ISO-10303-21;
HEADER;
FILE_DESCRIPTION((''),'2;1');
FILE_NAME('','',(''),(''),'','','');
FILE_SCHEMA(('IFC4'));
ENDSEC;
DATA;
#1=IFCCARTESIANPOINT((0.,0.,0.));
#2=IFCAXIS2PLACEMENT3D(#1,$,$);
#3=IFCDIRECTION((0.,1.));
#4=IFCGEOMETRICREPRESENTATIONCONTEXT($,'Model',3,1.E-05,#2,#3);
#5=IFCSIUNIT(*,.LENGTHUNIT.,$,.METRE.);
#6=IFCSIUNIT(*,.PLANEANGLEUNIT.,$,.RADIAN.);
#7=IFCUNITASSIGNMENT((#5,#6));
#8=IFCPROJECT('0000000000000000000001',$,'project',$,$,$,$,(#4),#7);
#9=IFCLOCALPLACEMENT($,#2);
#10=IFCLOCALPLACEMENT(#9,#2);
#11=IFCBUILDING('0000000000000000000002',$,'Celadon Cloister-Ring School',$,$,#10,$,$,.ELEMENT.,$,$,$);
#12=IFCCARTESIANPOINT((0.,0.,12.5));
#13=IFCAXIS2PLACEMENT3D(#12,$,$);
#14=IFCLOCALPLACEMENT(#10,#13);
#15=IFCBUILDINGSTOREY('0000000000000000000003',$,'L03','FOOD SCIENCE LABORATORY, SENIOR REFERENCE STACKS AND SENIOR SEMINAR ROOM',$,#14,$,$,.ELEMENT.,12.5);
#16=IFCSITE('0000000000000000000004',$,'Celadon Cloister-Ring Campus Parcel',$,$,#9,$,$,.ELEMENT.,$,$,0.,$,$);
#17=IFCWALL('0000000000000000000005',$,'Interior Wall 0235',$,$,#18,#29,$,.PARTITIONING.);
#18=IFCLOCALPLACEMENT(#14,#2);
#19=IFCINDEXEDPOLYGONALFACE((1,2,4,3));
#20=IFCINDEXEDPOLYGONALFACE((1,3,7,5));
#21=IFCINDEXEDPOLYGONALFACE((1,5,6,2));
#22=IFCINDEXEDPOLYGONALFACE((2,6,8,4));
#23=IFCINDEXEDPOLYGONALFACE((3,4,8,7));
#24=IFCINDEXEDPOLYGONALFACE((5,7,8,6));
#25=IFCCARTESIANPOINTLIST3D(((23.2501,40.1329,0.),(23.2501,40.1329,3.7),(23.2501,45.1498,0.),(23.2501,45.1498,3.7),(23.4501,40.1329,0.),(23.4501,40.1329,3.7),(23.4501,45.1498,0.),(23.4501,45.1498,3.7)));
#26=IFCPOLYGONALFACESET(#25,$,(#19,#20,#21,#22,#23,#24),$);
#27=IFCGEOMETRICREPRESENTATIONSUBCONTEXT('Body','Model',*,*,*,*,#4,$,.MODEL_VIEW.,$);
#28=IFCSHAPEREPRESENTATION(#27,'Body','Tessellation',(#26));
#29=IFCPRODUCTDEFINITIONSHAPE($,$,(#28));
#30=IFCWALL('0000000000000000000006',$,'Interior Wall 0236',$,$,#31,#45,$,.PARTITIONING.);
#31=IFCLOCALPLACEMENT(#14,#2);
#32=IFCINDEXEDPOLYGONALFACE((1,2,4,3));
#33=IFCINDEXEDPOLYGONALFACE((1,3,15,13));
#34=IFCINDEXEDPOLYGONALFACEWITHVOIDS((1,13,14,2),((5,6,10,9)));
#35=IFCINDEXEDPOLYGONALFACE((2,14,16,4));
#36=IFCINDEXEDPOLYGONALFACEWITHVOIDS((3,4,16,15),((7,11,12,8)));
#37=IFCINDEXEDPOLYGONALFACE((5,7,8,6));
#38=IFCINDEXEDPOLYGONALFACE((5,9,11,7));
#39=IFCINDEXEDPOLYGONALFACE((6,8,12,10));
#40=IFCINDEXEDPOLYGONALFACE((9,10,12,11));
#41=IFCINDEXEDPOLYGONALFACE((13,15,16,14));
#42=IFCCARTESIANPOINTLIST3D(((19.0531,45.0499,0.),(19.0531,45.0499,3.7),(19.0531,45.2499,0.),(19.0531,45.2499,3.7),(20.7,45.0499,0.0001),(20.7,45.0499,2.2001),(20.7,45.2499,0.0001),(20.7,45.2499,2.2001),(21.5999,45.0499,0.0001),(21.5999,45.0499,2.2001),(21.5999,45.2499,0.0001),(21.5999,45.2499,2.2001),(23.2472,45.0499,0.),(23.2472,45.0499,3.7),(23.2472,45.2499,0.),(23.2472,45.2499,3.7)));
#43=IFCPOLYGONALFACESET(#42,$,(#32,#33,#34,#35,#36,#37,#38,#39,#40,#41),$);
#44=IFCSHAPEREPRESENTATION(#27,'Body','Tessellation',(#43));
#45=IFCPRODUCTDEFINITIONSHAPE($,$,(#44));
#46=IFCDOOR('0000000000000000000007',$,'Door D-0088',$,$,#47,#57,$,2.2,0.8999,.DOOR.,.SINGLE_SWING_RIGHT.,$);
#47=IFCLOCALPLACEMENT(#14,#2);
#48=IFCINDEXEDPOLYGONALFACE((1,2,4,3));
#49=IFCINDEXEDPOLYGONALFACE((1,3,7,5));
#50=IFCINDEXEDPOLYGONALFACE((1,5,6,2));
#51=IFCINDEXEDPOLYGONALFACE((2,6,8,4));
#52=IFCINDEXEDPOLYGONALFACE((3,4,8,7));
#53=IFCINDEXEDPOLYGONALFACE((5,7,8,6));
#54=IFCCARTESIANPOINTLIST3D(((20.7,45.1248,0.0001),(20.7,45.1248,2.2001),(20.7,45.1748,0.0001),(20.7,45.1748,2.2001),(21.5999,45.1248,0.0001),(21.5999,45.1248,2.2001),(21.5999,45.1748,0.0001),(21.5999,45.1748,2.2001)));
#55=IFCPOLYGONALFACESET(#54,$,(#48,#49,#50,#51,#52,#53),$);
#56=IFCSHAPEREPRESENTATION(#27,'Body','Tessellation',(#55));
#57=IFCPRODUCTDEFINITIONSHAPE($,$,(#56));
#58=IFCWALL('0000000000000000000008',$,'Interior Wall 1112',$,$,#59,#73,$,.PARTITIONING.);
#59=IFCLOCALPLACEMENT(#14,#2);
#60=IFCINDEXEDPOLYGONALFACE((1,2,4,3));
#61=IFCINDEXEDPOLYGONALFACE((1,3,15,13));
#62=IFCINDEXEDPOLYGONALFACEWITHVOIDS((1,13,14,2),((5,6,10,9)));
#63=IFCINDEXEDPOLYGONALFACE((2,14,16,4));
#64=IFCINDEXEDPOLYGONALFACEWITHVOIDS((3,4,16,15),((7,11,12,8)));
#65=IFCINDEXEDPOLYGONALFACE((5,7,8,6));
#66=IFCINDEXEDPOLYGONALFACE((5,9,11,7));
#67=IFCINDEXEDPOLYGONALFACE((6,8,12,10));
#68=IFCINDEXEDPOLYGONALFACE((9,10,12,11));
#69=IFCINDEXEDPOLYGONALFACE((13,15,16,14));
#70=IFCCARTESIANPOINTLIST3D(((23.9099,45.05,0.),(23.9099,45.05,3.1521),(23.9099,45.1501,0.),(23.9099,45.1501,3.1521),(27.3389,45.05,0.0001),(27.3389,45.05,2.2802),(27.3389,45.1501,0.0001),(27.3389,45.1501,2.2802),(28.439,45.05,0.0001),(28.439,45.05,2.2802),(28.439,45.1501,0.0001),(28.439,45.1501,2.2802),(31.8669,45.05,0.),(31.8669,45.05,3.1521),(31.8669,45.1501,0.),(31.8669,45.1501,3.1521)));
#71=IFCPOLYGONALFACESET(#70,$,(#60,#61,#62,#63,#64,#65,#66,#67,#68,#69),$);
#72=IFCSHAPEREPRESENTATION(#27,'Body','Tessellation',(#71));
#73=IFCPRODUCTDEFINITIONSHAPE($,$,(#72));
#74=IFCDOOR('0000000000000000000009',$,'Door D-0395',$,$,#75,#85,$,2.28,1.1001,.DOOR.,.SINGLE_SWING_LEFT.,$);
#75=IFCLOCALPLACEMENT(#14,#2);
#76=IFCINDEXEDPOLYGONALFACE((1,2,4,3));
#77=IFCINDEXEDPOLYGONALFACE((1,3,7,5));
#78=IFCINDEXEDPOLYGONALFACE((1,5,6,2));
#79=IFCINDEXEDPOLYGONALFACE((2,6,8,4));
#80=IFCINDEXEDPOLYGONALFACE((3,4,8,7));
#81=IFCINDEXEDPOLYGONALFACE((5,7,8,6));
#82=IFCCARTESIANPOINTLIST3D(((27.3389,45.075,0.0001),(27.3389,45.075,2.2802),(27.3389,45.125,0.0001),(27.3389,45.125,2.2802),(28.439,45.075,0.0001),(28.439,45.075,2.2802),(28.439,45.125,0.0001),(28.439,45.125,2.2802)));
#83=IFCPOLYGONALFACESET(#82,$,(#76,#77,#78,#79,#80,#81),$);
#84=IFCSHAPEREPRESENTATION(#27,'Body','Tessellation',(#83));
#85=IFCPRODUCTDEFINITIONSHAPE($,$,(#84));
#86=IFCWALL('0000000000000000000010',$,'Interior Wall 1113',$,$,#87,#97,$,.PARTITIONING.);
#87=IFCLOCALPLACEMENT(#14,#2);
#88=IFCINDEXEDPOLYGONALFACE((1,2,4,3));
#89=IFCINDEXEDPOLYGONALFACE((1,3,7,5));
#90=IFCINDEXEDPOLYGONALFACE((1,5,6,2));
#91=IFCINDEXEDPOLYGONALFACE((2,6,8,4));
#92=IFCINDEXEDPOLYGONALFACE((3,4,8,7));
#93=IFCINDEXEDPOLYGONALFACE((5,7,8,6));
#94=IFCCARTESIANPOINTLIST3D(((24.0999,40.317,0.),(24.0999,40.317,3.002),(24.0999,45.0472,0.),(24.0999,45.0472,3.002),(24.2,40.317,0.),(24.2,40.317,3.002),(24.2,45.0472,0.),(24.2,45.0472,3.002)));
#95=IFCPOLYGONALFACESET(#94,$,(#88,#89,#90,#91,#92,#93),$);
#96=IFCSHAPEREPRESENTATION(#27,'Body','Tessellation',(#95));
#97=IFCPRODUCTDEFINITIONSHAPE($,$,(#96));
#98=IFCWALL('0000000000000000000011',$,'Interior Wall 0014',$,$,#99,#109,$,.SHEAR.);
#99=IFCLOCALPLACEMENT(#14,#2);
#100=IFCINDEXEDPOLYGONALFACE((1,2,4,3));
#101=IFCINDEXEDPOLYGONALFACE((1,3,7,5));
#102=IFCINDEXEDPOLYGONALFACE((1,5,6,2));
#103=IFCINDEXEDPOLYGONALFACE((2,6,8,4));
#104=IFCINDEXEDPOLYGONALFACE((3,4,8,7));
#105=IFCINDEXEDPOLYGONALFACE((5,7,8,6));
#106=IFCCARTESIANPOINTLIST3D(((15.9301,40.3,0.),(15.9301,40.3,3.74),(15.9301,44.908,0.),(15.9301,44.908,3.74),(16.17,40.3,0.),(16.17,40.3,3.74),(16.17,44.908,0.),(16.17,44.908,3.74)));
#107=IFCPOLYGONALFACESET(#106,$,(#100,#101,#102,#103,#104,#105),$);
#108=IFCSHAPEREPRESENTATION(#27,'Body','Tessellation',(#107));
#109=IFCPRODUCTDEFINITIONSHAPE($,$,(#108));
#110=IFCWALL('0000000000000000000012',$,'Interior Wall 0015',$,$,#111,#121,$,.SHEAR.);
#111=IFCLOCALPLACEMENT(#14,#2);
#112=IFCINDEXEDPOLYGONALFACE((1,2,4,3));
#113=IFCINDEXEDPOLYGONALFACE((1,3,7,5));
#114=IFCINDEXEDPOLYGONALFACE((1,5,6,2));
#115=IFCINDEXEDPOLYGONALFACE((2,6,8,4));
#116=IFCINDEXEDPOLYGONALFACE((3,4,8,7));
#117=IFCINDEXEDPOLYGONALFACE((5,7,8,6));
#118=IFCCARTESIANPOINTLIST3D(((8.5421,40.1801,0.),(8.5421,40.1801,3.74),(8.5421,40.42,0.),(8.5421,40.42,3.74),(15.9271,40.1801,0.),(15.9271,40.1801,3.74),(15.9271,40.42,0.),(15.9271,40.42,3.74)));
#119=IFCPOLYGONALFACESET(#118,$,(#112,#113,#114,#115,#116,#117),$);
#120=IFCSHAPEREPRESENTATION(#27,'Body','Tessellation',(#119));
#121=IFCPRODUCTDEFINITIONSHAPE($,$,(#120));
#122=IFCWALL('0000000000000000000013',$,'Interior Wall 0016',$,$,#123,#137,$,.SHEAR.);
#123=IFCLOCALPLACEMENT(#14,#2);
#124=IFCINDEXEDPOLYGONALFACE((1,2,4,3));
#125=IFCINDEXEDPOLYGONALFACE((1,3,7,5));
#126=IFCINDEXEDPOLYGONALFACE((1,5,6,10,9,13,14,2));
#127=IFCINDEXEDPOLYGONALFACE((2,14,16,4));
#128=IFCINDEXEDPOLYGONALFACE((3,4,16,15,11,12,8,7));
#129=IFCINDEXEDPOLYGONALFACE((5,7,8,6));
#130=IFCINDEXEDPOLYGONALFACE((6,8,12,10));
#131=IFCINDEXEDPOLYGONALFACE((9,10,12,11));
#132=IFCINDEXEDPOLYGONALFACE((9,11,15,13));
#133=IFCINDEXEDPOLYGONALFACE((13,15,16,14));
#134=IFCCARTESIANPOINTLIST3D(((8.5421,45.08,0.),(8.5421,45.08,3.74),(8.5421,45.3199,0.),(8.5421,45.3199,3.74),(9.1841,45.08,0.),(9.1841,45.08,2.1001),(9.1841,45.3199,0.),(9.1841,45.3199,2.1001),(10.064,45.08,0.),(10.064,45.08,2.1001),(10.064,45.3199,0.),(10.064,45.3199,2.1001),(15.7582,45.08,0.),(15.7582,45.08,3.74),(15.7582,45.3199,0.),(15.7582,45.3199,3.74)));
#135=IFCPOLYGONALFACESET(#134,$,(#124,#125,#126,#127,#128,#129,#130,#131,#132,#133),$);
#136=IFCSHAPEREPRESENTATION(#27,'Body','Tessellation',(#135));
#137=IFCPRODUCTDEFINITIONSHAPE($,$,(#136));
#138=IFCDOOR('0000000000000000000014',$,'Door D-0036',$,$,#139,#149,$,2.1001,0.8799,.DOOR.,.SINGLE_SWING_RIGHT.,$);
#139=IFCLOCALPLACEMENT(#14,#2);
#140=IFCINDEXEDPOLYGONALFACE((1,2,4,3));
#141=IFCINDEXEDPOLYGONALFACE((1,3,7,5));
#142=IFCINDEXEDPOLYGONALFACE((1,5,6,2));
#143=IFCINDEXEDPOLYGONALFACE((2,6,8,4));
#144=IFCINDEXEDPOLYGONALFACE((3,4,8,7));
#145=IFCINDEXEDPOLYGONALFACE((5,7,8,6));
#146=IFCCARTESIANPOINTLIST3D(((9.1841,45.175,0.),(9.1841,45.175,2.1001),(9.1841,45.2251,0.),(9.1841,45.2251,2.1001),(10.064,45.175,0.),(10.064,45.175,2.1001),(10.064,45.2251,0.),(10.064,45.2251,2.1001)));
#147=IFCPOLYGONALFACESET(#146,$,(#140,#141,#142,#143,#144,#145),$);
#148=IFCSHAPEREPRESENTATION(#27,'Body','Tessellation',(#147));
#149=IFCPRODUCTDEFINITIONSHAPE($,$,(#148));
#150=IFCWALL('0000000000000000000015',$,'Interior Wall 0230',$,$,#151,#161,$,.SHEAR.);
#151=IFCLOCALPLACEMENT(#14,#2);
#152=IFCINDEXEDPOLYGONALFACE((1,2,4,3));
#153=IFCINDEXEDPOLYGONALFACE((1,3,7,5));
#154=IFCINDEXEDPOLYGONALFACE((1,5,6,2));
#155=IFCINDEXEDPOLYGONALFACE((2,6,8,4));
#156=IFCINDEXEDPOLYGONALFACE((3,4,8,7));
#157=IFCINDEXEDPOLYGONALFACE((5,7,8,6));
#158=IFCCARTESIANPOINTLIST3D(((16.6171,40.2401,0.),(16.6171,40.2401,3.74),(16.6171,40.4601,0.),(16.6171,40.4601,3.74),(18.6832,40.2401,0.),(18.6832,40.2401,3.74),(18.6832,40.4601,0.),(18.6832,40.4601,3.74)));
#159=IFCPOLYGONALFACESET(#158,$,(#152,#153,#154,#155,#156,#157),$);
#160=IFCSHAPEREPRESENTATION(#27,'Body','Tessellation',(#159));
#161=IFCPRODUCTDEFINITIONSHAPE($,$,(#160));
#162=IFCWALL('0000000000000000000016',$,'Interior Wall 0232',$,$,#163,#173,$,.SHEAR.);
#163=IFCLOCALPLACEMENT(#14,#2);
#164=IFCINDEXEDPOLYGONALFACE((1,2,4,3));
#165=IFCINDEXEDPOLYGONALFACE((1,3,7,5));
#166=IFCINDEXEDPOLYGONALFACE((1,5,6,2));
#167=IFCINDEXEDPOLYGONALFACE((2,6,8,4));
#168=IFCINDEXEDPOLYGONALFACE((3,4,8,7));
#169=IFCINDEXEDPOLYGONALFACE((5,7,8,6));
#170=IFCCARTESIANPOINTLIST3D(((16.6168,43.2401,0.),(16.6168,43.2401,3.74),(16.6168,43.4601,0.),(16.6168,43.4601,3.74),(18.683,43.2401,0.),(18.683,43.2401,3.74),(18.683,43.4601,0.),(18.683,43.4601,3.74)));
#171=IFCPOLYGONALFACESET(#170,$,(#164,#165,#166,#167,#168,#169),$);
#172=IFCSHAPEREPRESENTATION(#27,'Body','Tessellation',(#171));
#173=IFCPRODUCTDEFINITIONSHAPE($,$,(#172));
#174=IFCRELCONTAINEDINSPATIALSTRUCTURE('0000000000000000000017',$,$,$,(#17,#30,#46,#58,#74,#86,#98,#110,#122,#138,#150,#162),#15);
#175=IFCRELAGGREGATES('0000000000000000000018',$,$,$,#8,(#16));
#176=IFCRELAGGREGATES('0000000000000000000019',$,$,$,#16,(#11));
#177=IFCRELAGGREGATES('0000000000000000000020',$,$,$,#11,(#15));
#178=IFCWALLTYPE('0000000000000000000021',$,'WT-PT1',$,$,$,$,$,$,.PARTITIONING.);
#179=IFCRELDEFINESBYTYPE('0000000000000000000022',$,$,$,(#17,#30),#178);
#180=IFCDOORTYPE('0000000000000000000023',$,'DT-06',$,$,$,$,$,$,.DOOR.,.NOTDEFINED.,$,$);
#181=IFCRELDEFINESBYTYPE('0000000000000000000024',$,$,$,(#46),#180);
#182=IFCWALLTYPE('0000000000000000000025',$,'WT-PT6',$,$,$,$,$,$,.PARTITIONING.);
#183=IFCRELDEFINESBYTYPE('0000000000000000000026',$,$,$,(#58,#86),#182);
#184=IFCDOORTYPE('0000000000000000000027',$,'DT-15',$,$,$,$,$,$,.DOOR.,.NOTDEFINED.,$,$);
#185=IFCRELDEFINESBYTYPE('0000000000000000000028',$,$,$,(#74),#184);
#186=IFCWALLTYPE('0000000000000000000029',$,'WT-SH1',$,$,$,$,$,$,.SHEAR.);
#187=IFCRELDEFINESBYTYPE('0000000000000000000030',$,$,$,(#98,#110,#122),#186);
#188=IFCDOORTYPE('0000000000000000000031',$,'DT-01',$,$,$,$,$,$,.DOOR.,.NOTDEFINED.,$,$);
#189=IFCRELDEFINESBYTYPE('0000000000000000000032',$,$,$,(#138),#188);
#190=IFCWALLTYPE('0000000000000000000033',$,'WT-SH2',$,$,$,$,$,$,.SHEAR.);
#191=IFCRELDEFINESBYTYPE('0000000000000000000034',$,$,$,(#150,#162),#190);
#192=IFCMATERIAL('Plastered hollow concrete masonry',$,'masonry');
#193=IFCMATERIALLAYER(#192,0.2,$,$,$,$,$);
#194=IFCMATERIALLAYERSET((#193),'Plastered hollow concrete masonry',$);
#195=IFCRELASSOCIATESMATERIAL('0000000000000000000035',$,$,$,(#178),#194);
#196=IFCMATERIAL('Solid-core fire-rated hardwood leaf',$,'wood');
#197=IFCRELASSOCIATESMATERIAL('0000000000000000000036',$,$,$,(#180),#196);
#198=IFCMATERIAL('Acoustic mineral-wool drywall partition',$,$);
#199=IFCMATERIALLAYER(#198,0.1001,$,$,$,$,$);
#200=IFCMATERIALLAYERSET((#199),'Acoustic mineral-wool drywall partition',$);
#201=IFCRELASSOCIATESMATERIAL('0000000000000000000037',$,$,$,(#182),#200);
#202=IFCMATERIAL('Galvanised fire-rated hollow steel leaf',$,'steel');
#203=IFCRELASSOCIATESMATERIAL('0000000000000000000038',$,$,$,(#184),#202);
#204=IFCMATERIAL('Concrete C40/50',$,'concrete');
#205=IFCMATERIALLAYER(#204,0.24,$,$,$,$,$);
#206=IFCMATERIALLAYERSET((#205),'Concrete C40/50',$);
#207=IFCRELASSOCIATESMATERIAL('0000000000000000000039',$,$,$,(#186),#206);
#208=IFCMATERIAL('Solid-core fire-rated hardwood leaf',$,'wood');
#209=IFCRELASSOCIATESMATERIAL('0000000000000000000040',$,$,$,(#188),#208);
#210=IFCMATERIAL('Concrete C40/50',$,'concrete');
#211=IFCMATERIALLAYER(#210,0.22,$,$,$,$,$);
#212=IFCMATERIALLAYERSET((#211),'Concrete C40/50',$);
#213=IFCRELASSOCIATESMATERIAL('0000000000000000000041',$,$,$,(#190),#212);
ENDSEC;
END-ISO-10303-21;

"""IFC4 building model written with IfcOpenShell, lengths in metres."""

from ifc_helpers import new_model, si_unit, direction, frame, frame_2d, origin, place, context, subcontext, project, spatial, rectangle, extrude, material, layer, layer_set, type_object, element, fill, save


model = new_model("IFC4")

# Units and contexts
model_context = context("Model", 3, precision=1e-05, world=origin(), true_north=direction((0.0, 1.0)))
body_context = subcontext(model_context, "Body", "Model", "MODEL_VIEW")
ifc_project = project(units=[si_unit("LENGTHUNIT", "METRE"), si_unit("PLANEANGLEUNIT", "RADIAN")], contexts=[model_context])

# Site, building, storey
site_placement = place(None, origin())
site = spatial("IfcSite", under=ifc_project, at=site_placement, Name="Celadon Cloister-Ring Campus Parcel", CompositionType="ELEMENT", RefElevation=0.0)
building_placement = place(site_placement, origin())
building = spatial("IfcBuilding", under=site, at=building_placement, Name="Celadon Cloister-Ring School", CompositionType="ELEMENT")
storey_placement = place(building_placement, frame((0.0, 0.0, 12.5)))
storey = spatial("IfcBuildingStorey", under=building, at=storey_placement, Name="L03", Description="FOOD SCIENCE LABORATORY, SENIOR REFERENCE STACKS AND SENIOR SEMINAR ROOM", CompositionType="ELEMENT", Elevation=12.5)

# Wall
ifc_material_1 = material(Name="Plastered hollow concrete masonry", Category="masonry")
ifc_layer_1 = layer(ifc_material_1, 0.2)
ifc_layer_set_1 = layer_set([ifc_layer_1], Name="Plastered hollow concrete masonry")
wall_type_1 = type_object("IfcWallType", Name="WT-PT1", PredefinedType="PARTITIONING", material=ifc_layer_set_1)
wall_1_placement = place(storey_placement, frame((23.3501, 40.1331, 0.0), z_axis=(0.0, 0.0, 1.0), x_axis=(0.0, 1.0, 0.0)))
element("IfcWall", 1, at=wall_1_placement, inside=storey, type_object=wall_type_1, Name="Interior Wall 0235", PredefinedType="PARTITIONING", context=body_context, shape_type="SweptSolid", body=[
    extrude(rectangle(XDim=5.0168, YDim=0.2, at=frame_2d((2.5083, 0.0))), origin(), (0.0, 0.0, 1.0), 3.7),
])

# Walls, openings, doors
wall_2_placement = place(storey_placement, frame((19.053, 45.1499, 0.0), z_axis=(0.0, 0.0, 1.0), x_axis=(1.0, 0.0, 0.0)))
wall_2 = element("IfcWall", 2, at=wall_2_placement, inside=storey, type_object=wall_type_1, Name="Interior Wall 0236", PredefinedType="PARTITIONING", context=body_context, shape_type="SweptSolid", body=[
    extrude(rectangle(XDim=4.1941, YDim=0.2, at=frame_2d((2.0972, 0.0))), origin(), (0.0, 0.0, 1.0), 3.7),
])
opening_1_placement = place(wall_2_placement, frame((1.647, 0.0, 0.0)))
opening_1 = element("IfcOpeningElement", 3, at=opening_1_placement, cuts=wall_2, PredefinedType="OPENING", context=body_context, shape_type="SweptSolid", body=[
    extrude(rectangle(XDim=0.8999, YDim=2.2, at=frame_2d((0.45, 1.1001))), frame((0.0, 0.1099, 0.0), z_axis=(0.0, -1.0, 0.0), x_axis=(1.0, 0.0, 0.0)), (0.0, 0.0, 1.0), 0.22),
])
ifc_material_2 = material(Name="Solid-core fire-rated hardwood leaf", Category="wood")
door_type_1 = type_object("IfcDoorType", Name="DT-06", OperationType="NOTDEFINED", PredefinedType="DOOR", material=ifc_material_2)
door_1_placement = place(opening_1_placement, origin())
door_1 = element("IfcDoor", 4, at=door_1_placement, inside=storey, type_object=door_type_1, Name="Door D-0088", OperationType="SINGLE_SWING_RIGHT", OverallHeight=2.2, OverallWidth=0.8999, PredefinedType="DOOR", context=body_context, shape_type="SweptSolid", body=[
    extrude(rectangle(XDim=0.8999, YDim=2.2, at=frame_2d((0.45, 1.1001))), frame((0.0, 0.0249, 0.0), z_axis=(0.0, -1.0, 0.0), x_axis=(1.0, 0.0, 0.0)), (0.0, 0.0, 1.0), 0.05),
])
fill(opening_1, door_1)
ifc_material_3 = material(Name="Acoustic mineral-wool drywall partition")
ifc_layer_2 = layer(ifc_material_3, 0.1001)
ifc_layer_set_2 = layer_set([ifc_layer_2], Name="Acoustic mineral-wool drywall partition")
wall_type_2 = type_object("IfcWallType", Name="WT-PT6", PredefinedType="PARTITIONING", material=ifc_layer_set_2)
wall_3_placement = place(storey_placement, frame((23.9099, 45.1001, 0.0), z_axis=(0.0, 0.0, 1.0), x_axis=(1.0, 0.0, 0.0)))
wall_3 = element("IfcWall", 5, at=wall_3_placement, inside=storey, type_object=wall_type_2, Name="Interior Wall 1112", PredefinedType="PARTITIONING", context=body_context, shape_type="SweptSolid", body=[
    extrude(rectangle(XDim=7.957, YDim=0.1001, at=frame_2d((3.9785, 0.0))), origin(), (0.0, 0.0, 1.0), 3.1521),
])
opening_2_placement = place(wall_3_placement, frame((3.429, 0.0, 0.0)))
opening_2 = element("IfcOpeningElement", 6, at=opening_2_placement, cuts=wall_3, PredefinedType="OPENING", context=body_context, shape_type="SweptSolid", body=[
    extrude(rectangle(XDim=1.1001, YDim=2.28, at=frame_2d((0.55, 1.1401))), frame((0.0, 0.0601, 0.0), z_axis=(0.0, -1.0, 0.0), x_axis=(1.0, 0.0, 0.0)), (0.0, 0.0, 1.0), 0.1201),
])
ifc_material_4 = material(Name="Galvanised fire-rated hollow steel leaf", Category="steel")
door_type_2 = type_object("IfcDoorType", Name="DT-15", OperationType="NOTDEFINED", PredefinedType="DOOR", material=ifc_material_4)
door_2_placement = place(opening_2_placement, origin())
door_2 = element("IfcDoor", 7, at=door_2_placement, inside=storey, type_object=door_type_2, Name="Door D-0395", OperationType="SINGLE_SWING_LEFT", OverallHeight=2.28, OverallWidth=1.1001, PredefinedType="DOOR", context=body_context, shape_type="SweptSolid", body=[
    extrude(rectangle(XDim=1.1001, YDim=2.28, at=frame_2d((0.55, 1.1401))), frame((0.0, 0.0249, 0.0), z_axis=(0.0, -1.0, 0.0), x_axis=(1.0, 0.0, 0.0)), (0.0, 0.0, 1.0), 0.05),
])
fill(opening_2, door_2)

# Walls
wall_4_placement = place(storey_placement, frame((24.1499, 40.3169, 0.0), z_axis=(0.0, 0.0, 1.0), x_axis=(0.0, 1.0, 0.0)))
element("IfcWall", 8, at=wall_4_placement, inside=storey, type_object=wall_type_2, Name="Interior Wall 1113", PredefinedType="PARTITIONING", context=body_context, shape_type="SweptSolid", body=[
    extrude(rectangle(XDim=4.7302, YDim=0.1001, at=frame_2d((2.3652, 0.0))), origin(), (0.0, 0.0, 1.0), 3.002),
])
ifc_material_5 = material(Name="Concrete C40/50", Category="concrete")
ifc_layer_3 = layer(ifc_material_5, 0.24)
ifc_layer_set_3 = layer_set([ifc_layer_3], Name="Concrete C40/50")
wall_type_3 = type_object("IfcWallType", Name="WT-SH1", PredefinedType="SHEAR", material=ifc_layer_set_3)
wall_5_placement = place(storey_placement, frame((16.05, 44.908, 0.0), z_axis=(0.0, 0.0, 1.0), x_axis=(0.0, -1.0, 0.0)))
element("IfcWall", 9, at=wall_5_placement, inside=storey, type_object=wall_type_3, Name="Interior Wall 0014", PredefinedType="SHEAR", context=body_context, shape_type="SweptSolid", body=[
    extrude(rectangle(XDim=4.6079, YDim=0.24, at=frame_2d((2.304, 0.0))), origin(), (0.0, 0.0, 1.0), 3.74),
])
wall_6_placement = place(storey_placement, frame((15.927, 40.3, 0.0), z_axis=(0.0, 0.0, 1.0), x_axis=(-1.0, 0.0, 0.0)))
element("IfcWall", 10, at=wall_6_placement, inside=storey, type_object=wall_type_3, Name="Interior Wall 0015", PredefinedType="SHEAR", context=body_context, shape_type="SweptSolid", body=[
    extrude(rectangle(XDim=7.385, YDim=0.24, at=frame_2d((3.6924, 0.0))), origin(), (0.0, 0.0, 1.0), 3.74),
])

# Wall, opening, door
wall_7_placement = place(storey_placement, frame((15.7581, 45.2, 0.0), z_axis=(0.0, 0.0, 1.0), x_axis=(-1.0, 0.0, 0.0)))
wall_7 = element("IfcWall", 11, at=wall_7_placement, inside=storey, type_object=wall_type_3, Name="Interior Wall 0016", PredefinedType="SHEAR", context=body_context, shape_type="SweptSolid", body=[
    extrude(rectangle(XDim=7.2161, YDim=0.24, at=frame_2d((3.6079, 0.0))), origin(), (0.0, 0.0, 1.0), 3.74),
])
opening_3_placement = place(wall_7_placement, frame((5.6941, 0.0, 0.0)))
opening_3 = element("IfcOpeningElement", 12, at=opening_3_placement, cuts=wall_7, PredefinedType="OPENING", context=body_context, shape_type="SweptSolid", body=[
    extrude(rectangle(XDim=0.8799, YDim=2.1001, at=frame_2d((0.4399, 1.05))), frame((0.0, 0.1299, 0.0), z_axis=(0.0, -1.0, 0.0), x_axis=(1.0, 0.0, 0.0)), (0.0, 0.0, 1.0), 0.26),
])
ifc_material_6 = material(Name="Solid-core fire-rated hardwood leaf", Category="wood")
door_type_3 = type_object("IfcDoorType", Name="DT-01", OperationType="NOTDEFINED", PredefinedType="DOOR", material=ifc_material_6)
door_3_placement = place(opening_3_placement, origin())
door_3 = element("IfcDoor", 13, at=door_3_placement, inside=storey, type_object=door_type_3, Name="Door D-0036", OperationType="SINGLE_SWING_RIGHT", OverallHeight=2.1001, OverallWidth=0.8799, PredefinedType="DOOR", context=body_context, shape_type="SweptSolid", body=[
    extrude(rectangle(XDim=0.8799, YDim=2.1001, at=frame_2d((0.4399, 1.05))), frame((0.0, 0.0249, 0.0), z_axis=(0.0, -1.0, 0.0), x_axis=(1.0, 0.0, 0.0)), (0.0, 0.0, 1.0), 0.05),
])
fill(opening_3, door_3)

# Wall
ifc_material_7 = material(Name="Concrete C40/50", Category="concrete")
ifc_layer_4 = layer(ifc_material_7, 0.22)
ifc_layer_set_4 = layer_set([ifc_layer_4], Name="Concrete C40/50")
wall_type_4 = type_object("IfcWallType", Name="WT-SH2", PredefinedType="SHEAR", material=ifc_layer_set_4)
wall_8_placement = place(storey_placement, frame((16.6169, 40.3501, 0.0), z_axis=(0.0, 0.0, 1.0), x_axis=(1.0, 0.0, 0.0)))
element("IfcWall", 14, at=wall_8_placement, inside=storey, type_object=wall_type_4, Name="Interior Wall 0230", PredefinedType="SHEAR", context=body_context, shape_type="SweptSolid", body=[
    extrude(rectangle(XDim=2.0662, YDim=0.22, at=frame_2d((1.0332, 0.0))), origin(), (0.0, 0.0, 1.0), 3.74),
])

# Wall
wall_9_placement = place(storey_placement, frame((18.6831, 43.3501, 0.0), z_axis=(0.0, 0.0, 1.0), x_axis=(-1.0, 0.0, 0.0)))
element("IfcWall", 15, at=wall_9_placement, inside=storey, type_object=wall_type_4, Name="Interior Wall 0232", PredefinedType="SHEAR", context=body_context, shape_type="SweptSolid", body=[
    extrude(rectangle(XDim=2.0662, YDim=0.22, at=frame_2d((1.0332, 0.0))), origin(), (0.0, 0.0, 1.0), 3.74),
])

save(model, "model.ifc")
